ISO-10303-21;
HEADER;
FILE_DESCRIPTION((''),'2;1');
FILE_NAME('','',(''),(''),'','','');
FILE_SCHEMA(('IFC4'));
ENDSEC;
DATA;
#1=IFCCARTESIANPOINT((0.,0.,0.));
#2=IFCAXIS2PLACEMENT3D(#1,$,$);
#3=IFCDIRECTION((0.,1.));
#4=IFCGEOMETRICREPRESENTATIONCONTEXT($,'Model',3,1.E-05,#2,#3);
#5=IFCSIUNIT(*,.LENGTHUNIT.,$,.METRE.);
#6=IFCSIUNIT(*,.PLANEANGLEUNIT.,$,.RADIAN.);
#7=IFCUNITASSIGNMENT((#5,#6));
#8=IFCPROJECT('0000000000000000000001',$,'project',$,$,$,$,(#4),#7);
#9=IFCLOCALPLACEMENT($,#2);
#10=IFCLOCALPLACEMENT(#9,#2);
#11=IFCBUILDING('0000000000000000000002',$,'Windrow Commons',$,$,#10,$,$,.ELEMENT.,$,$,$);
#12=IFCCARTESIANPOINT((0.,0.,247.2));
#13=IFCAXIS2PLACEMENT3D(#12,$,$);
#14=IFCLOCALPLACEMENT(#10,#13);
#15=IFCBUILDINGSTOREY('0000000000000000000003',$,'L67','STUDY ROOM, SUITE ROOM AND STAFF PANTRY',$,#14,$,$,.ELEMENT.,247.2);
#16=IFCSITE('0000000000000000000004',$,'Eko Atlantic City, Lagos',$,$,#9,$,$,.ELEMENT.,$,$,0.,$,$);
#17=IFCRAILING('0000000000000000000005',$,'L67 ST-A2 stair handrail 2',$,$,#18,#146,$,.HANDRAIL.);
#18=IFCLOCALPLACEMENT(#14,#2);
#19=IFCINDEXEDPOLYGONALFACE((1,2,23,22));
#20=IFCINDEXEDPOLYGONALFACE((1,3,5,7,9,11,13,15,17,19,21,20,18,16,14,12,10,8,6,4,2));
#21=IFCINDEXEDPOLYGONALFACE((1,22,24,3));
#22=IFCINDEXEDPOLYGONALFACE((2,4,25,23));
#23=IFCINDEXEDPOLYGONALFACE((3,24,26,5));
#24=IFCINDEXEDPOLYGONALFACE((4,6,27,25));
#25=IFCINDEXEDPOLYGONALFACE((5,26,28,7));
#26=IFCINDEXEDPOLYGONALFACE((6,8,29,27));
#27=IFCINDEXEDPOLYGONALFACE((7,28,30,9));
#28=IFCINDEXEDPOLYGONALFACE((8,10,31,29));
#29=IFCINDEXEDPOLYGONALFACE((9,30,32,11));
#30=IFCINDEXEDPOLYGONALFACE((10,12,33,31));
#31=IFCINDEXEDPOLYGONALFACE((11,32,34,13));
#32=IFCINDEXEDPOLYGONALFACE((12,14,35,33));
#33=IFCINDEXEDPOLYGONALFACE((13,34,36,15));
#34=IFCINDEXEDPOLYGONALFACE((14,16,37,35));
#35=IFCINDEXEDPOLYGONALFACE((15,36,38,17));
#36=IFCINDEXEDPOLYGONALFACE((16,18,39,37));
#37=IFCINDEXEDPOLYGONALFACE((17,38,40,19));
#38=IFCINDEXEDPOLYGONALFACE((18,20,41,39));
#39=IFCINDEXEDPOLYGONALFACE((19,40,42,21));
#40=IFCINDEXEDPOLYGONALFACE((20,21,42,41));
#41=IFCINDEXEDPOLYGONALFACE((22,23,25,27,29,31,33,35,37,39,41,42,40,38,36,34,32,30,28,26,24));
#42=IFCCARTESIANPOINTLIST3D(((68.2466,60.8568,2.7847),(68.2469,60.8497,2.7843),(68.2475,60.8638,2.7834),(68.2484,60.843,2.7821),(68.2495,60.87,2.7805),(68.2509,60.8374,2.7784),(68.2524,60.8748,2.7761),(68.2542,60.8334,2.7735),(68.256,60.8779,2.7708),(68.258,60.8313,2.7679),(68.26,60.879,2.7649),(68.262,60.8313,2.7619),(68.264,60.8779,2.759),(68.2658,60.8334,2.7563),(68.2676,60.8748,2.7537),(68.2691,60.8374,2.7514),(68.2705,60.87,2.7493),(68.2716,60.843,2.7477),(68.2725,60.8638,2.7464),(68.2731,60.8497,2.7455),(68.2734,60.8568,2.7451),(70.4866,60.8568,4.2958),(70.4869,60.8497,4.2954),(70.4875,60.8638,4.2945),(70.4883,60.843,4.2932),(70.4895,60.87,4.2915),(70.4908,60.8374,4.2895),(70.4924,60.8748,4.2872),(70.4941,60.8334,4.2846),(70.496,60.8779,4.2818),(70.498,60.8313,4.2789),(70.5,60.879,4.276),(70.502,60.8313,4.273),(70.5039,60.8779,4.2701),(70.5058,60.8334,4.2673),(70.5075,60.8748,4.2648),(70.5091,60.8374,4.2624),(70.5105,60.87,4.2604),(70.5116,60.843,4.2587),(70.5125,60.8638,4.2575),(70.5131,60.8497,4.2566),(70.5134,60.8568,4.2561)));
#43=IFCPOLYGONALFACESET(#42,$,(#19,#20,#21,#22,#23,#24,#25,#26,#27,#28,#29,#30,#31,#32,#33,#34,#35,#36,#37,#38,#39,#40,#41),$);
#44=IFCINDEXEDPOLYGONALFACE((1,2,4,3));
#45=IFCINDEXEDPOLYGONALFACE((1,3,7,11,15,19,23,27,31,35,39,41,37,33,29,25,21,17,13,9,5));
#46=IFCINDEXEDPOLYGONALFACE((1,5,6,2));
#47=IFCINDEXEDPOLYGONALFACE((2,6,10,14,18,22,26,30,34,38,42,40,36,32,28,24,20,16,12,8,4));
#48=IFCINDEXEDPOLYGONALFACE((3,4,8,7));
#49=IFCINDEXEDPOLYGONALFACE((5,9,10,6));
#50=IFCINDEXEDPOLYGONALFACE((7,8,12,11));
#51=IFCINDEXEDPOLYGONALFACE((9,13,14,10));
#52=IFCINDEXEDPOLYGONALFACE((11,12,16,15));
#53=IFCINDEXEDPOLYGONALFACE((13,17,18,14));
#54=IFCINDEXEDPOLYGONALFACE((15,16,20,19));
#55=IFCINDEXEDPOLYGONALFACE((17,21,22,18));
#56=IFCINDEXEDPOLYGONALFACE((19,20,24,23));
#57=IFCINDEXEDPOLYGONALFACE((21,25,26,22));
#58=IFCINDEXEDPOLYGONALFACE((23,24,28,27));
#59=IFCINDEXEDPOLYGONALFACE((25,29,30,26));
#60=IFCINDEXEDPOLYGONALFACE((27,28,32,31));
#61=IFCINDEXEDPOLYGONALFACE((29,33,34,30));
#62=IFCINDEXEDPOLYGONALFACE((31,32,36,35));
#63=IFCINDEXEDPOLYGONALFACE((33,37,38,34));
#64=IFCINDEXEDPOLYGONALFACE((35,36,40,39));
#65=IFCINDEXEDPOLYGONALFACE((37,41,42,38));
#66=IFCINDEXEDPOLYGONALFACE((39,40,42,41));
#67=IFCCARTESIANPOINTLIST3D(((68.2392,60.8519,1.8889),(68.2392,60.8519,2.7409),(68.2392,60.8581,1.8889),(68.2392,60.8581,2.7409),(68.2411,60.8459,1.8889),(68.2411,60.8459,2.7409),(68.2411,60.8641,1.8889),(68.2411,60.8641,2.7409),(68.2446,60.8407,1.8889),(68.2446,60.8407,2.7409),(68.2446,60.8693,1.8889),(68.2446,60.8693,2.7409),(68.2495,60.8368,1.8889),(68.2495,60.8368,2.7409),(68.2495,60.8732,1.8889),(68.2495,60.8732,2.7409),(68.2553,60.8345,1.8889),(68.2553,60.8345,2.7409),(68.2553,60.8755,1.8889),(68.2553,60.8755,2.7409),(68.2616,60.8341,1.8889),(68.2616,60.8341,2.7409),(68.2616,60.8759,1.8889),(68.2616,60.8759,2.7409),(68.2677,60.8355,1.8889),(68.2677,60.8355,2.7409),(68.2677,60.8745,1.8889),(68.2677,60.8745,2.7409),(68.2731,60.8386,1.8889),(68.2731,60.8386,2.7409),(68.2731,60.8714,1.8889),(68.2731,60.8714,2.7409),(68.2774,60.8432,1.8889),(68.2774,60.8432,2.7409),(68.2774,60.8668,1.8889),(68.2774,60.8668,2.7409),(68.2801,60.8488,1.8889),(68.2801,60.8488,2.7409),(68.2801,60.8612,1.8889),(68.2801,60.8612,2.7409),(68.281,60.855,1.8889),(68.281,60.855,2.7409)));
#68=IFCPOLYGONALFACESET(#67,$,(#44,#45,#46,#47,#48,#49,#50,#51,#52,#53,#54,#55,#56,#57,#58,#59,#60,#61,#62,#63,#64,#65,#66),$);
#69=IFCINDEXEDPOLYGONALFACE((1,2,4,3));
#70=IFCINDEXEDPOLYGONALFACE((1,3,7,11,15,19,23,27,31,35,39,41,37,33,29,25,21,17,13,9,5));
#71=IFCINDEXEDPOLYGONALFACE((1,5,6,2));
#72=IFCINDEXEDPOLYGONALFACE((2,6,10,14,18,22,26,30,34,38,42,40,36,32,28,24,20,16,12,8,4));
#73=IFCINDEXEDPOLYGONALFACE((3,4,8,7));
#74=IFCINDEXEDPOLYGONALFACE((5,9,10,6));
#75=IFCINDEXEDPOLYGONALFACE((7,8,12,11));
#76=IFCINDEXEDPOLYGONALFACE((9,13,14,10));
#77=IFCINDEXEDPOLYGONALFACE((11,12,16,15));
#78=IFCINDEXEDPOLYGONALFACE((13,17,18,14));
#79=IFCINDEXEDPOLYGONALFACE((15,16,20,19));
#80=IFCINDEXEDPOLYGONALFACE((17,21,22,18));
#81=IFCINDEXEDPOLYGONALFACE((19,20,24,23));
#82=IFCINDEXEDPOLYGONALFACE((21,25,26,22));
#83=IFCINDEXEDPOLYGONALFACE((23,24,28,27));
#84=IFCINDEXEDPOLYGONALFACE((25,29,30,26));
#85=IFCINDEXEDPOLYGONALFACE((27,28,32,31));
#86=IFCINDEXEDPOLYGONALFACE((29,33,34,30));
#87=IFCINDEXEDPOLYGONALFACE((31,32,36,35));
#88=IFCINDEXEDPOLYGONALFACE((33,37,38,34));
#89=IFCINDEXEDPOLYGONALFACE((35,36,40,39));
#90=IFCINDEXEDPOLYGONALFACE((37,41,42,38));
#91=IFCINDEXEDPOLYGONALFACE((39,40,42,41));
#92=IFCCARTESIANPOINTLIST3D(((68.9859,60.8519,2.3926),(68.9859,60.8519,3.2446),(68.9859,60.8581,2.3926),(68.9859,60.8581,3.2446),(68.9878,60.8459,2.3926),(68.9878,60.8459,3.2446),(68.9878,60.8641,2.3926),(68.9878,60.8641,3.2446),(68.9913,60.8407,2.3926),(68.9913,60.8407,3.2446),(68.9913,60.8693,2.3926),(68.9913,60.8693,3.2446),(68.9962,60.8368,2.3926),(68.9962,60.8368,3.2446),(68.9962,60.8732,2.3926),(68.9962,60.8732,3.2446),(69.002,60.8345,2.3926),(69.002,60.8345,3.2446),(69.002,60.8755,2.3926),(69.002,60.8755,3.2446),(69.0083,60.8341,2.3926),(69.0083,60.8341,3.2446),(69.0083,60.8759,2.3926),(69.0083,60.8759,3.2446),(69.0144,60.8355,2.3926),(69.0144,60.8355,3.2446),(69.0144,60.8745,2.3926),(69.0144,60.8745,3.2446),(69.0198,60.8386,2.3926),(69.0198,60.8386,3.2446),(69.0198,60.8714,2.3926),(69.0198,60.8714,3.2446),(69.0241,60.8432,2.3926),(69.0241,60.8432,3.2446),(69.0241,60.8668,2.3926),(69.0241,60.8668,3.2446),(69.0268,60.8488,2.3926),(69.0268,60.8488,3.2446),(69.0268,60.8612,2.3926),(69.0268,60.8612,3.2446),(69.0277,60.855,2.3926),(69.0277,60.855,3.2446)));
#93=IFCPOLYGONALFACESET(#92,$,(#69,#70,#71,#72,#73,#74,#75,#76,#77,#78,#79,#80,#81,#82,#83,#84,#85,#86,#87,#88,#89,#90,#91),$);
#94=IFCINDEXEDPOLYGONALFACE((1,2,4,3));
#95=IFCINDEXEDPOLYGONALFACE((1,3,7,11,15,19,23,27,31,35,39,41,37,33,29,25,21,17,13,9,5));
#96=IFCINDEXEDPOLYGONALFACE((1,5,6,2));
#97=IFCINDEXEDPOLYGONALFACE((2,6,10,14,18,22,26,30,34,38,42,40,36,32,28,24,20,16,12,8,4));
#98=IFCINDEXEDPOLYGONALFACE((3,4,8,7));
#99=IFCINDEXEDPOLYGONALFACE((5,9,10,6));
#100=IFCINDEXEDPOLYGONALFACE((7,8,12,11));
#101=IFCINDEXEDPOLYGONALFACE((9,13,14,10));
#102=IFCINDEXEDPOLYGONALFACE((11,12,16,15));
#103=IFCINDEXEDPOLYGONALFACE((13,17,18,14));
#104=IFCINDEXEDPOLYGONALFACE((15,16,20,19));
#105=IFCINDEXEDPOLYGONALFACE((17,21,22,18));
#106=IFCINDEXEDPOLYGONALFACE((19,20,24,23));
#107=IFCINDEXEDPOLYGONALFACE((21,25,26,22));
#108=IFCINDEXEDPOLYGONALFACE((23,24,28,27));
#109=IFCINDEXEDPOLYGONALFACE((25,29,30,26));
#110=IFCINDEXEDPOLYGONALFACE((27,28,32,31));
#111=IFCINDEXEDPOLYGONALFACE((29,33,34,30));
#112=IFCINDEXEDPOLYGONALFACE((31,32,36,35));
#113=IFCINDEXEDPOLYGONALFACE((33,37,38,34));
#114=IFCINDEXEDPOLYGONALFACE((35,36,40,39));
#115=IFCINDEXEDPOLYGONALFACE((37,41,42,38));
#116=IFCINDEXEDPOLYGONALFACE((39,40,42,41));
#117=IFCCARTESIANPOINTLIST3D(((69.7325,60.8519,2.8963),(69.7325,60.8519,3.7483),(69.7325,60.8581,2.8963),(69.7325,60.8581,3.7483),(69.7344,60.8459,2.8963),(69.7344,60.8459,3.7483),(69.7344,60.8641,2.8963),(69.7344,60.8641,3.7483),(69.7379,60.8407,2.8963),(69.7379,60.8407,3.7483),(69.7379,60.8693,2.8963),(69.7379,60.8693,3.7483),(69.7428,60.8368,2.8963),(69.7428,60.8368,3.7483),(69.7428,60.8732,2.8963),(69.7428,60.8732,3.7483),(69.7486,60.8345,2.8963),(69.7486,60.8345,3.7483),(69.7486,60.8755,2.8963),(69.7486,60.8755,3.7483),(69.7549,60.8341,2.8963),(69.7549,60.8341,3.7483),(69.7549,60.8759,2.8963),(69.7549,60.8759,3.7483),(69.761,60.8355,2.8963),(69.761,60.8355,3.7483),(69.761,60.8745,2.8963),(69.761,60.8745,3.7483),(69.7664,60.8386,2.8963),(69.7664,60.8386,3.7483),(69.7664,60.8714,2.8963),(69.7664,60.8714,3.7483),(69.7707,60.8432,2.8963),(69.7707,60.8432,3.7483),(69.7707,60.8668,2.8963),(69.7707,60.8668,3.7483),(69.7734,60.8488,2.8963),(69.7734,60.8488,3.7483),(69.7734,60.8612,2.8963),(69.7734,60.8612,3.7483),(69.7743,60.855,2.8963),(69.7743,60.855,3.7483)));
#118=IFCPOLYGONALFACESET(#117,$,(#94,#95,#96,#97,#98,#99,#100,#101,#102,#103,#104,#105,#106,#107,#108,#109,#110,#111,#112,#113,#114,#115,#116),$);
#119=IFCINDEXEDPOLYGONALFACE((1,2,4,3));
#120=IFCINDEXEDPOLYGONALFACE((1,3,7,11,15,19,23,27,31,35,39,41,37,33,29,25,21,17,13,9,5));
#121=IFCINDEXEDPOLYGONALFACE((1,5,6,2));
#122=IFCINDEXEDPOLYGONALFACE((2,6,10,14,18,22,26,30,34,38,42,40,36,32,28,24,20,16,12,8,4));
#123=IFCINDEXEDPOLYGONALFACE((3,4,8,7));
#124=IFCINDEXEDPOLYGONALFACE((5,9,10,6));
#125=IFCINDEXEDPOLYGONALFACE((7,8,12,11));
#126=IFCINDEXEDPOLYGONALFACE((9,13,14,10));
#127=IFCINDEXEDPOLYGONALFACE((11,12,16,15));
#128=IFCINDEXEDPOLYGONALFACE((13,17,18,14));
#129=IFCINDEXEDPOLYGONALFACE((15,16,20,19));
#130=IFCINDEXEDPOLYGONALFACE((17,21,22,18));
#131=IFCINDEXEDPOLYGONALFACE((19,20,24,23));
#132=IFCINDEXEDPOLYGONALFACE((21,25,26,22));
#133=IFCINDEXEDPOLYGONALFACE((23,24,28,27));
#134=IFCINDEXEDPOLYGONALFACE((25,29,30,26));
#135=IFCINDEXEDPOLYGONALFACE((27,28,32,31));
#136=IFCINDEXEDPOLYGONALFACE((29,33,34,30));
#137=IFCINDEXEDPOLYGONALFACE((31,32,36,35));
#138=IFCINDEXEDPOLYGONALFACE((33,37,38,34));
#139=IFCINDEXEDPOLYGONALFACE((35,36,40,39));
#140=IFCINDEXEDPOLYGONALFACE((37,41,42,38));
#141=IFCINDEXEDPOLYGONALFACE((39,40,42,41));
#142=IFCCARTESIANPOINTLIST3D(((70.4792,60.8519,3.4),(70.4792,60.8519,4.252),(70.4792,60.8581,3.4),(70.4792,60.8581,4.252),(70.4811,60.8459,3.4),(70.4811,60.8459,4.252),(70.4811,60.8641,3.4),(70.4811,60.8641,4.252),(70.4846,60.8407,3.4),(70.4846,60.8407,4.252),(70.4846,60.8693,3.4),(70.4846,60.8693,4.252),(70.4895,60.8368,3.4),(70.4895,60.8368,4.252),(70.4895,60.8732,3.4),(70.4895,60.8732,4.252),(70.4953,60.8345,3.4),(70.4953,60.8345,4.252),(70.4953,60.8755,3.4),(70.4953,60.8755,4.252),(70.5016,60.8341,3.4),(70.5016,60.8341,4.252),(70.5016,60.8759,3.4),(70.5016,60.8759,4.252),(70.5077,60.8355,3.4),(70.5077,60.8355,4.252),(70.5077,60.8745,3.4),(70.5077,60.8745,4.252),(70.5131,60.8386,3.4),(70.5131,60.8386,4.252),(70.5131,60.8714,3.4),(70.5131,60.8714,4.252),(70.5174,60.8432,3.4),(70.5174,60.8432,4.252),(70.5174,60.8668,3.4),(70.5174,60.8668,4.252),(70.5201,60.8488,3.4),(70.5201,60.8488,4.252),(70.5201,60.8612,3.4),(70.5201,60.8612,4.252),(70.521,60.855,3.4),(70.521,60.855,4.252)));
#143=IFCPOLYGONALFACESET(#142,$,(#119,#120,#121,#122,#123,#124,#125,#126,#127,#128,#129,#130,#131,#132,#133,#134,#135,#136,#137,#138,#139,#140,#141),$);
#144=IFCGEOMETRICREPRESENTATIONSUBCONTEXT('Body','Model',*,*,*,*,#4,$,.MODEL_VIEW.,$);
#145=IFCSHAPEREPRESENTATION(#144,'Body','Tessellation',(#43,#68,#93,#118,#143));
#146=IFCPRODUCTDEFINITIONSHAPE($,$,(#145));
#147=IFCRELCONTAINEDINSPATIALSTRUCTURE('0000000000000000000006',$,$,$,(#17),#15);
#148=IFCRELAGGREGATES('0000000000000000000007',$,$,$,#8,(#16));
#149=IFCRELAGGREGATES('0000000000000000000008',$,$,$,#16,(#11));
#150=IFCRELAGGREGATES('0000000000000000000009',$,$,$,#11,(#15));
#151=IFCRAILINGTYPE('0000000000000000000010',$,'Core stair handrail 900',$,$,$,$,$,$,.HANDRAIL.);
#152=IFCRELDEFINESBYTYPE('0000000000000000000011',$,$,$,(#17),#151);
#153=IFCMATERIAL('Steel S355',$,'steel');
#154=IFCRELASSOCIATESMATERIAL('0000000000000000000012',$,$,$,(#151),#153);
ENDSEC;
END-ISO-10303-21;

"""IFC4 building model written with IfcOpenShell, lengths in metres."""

from ifc_helpers import new_model, si_unit, direction, frame, origin, origin_2d, place, context, subcontext, project, spatial, circle, extrude, material, type_object, element, save


model = new_model("IFC4")

# Units and contexts
model_context = context("Model", 3, precision=1e-05, world=origin(), true_north=direction((0.0, 1.0)))
body_context = subcontext(model_context, "Body", "Model", "MODEL_VIEW")
ifc_project = project(units=[si_unit("LENGTHUNIT", "METRE"), si_unit("PLANEANGLEUNIT", "RADIAN")], contexts=[model_context])

# Site, building, storey
site_placement = place(None, origin())
site = spatial("IfcSite", under=ifc_project, at=site_placement, Name="Eko Atlantic City, Lagos", CompositionType="ELEMENT", RefElevation=0.0)
building_placement = place(site_placement, origin())
building = spatial("IfcBuilding", under=site, at=building_placement, Name="Windrow Commons", CompositionType="ELEMENT")
storey_placement = place(building_placement, frame((0.0, 0.0, 247.2)))
storey = spatial("IfcBuildingStorey", under=building, at=storey_placement, Name="L67", Description="STUDY ROOM, SUITE ROOM AND STAFF PANTRY", CompositionType="ELEMENT", Elevation=247.2)

# Railing
ifc_material_1 = material(Name="Steel S355", Category="steel")
railing_type = type_object("IfcRailingType", Name="Core stair handrail 900", PredefinedType="HANDRAIL", material=ifc_material_1)
for number, where, name in (
    (1, (68.26, 60.855, 1.8889), "L67 ST-A2 stair handrail 2"),
):
    element("IfcRailing", number, at=place(storey_placement, frame(where)), inside=storey, type_object=railing_type, Name=name, PredefinedType="HANDRAIL", context=body_context, shape_type="SweptSolid", body=[
        extrude(circle(Radius=0.024, at=origin_2d()), frame((0.0, 0.0, 0.876), z_axis=(0.829003, 0.0, 0.559244), x_axis=(0.0, 1.0, 0.0)), (0.0, 0.0, 1.0), 2.702),
        extrude(circle(Radius=0.021, at=origin_2d()), origin(), (0.0, 0.0, 1.0), 0.852),
        extrude(circle(Radius=0.021, at=origin_2d()), frame((0.7467, 0.0, 0.5037)), (0.0, 0.0, 1.0), 0.852),
        extrude(circle(Radius=0.021, at=origin_2d()), frame((1.4933, 0.0, 1.0074)), (0.0, 0.0, 1.0), 0.852),
        extrude(circle(Radius=0.021, at=origin_2d()), frame((2.24, 0.0, 1.5111)), (0.0, 0.0, 1.0), 0.852),
    ])

save(model, "model.ifc")
